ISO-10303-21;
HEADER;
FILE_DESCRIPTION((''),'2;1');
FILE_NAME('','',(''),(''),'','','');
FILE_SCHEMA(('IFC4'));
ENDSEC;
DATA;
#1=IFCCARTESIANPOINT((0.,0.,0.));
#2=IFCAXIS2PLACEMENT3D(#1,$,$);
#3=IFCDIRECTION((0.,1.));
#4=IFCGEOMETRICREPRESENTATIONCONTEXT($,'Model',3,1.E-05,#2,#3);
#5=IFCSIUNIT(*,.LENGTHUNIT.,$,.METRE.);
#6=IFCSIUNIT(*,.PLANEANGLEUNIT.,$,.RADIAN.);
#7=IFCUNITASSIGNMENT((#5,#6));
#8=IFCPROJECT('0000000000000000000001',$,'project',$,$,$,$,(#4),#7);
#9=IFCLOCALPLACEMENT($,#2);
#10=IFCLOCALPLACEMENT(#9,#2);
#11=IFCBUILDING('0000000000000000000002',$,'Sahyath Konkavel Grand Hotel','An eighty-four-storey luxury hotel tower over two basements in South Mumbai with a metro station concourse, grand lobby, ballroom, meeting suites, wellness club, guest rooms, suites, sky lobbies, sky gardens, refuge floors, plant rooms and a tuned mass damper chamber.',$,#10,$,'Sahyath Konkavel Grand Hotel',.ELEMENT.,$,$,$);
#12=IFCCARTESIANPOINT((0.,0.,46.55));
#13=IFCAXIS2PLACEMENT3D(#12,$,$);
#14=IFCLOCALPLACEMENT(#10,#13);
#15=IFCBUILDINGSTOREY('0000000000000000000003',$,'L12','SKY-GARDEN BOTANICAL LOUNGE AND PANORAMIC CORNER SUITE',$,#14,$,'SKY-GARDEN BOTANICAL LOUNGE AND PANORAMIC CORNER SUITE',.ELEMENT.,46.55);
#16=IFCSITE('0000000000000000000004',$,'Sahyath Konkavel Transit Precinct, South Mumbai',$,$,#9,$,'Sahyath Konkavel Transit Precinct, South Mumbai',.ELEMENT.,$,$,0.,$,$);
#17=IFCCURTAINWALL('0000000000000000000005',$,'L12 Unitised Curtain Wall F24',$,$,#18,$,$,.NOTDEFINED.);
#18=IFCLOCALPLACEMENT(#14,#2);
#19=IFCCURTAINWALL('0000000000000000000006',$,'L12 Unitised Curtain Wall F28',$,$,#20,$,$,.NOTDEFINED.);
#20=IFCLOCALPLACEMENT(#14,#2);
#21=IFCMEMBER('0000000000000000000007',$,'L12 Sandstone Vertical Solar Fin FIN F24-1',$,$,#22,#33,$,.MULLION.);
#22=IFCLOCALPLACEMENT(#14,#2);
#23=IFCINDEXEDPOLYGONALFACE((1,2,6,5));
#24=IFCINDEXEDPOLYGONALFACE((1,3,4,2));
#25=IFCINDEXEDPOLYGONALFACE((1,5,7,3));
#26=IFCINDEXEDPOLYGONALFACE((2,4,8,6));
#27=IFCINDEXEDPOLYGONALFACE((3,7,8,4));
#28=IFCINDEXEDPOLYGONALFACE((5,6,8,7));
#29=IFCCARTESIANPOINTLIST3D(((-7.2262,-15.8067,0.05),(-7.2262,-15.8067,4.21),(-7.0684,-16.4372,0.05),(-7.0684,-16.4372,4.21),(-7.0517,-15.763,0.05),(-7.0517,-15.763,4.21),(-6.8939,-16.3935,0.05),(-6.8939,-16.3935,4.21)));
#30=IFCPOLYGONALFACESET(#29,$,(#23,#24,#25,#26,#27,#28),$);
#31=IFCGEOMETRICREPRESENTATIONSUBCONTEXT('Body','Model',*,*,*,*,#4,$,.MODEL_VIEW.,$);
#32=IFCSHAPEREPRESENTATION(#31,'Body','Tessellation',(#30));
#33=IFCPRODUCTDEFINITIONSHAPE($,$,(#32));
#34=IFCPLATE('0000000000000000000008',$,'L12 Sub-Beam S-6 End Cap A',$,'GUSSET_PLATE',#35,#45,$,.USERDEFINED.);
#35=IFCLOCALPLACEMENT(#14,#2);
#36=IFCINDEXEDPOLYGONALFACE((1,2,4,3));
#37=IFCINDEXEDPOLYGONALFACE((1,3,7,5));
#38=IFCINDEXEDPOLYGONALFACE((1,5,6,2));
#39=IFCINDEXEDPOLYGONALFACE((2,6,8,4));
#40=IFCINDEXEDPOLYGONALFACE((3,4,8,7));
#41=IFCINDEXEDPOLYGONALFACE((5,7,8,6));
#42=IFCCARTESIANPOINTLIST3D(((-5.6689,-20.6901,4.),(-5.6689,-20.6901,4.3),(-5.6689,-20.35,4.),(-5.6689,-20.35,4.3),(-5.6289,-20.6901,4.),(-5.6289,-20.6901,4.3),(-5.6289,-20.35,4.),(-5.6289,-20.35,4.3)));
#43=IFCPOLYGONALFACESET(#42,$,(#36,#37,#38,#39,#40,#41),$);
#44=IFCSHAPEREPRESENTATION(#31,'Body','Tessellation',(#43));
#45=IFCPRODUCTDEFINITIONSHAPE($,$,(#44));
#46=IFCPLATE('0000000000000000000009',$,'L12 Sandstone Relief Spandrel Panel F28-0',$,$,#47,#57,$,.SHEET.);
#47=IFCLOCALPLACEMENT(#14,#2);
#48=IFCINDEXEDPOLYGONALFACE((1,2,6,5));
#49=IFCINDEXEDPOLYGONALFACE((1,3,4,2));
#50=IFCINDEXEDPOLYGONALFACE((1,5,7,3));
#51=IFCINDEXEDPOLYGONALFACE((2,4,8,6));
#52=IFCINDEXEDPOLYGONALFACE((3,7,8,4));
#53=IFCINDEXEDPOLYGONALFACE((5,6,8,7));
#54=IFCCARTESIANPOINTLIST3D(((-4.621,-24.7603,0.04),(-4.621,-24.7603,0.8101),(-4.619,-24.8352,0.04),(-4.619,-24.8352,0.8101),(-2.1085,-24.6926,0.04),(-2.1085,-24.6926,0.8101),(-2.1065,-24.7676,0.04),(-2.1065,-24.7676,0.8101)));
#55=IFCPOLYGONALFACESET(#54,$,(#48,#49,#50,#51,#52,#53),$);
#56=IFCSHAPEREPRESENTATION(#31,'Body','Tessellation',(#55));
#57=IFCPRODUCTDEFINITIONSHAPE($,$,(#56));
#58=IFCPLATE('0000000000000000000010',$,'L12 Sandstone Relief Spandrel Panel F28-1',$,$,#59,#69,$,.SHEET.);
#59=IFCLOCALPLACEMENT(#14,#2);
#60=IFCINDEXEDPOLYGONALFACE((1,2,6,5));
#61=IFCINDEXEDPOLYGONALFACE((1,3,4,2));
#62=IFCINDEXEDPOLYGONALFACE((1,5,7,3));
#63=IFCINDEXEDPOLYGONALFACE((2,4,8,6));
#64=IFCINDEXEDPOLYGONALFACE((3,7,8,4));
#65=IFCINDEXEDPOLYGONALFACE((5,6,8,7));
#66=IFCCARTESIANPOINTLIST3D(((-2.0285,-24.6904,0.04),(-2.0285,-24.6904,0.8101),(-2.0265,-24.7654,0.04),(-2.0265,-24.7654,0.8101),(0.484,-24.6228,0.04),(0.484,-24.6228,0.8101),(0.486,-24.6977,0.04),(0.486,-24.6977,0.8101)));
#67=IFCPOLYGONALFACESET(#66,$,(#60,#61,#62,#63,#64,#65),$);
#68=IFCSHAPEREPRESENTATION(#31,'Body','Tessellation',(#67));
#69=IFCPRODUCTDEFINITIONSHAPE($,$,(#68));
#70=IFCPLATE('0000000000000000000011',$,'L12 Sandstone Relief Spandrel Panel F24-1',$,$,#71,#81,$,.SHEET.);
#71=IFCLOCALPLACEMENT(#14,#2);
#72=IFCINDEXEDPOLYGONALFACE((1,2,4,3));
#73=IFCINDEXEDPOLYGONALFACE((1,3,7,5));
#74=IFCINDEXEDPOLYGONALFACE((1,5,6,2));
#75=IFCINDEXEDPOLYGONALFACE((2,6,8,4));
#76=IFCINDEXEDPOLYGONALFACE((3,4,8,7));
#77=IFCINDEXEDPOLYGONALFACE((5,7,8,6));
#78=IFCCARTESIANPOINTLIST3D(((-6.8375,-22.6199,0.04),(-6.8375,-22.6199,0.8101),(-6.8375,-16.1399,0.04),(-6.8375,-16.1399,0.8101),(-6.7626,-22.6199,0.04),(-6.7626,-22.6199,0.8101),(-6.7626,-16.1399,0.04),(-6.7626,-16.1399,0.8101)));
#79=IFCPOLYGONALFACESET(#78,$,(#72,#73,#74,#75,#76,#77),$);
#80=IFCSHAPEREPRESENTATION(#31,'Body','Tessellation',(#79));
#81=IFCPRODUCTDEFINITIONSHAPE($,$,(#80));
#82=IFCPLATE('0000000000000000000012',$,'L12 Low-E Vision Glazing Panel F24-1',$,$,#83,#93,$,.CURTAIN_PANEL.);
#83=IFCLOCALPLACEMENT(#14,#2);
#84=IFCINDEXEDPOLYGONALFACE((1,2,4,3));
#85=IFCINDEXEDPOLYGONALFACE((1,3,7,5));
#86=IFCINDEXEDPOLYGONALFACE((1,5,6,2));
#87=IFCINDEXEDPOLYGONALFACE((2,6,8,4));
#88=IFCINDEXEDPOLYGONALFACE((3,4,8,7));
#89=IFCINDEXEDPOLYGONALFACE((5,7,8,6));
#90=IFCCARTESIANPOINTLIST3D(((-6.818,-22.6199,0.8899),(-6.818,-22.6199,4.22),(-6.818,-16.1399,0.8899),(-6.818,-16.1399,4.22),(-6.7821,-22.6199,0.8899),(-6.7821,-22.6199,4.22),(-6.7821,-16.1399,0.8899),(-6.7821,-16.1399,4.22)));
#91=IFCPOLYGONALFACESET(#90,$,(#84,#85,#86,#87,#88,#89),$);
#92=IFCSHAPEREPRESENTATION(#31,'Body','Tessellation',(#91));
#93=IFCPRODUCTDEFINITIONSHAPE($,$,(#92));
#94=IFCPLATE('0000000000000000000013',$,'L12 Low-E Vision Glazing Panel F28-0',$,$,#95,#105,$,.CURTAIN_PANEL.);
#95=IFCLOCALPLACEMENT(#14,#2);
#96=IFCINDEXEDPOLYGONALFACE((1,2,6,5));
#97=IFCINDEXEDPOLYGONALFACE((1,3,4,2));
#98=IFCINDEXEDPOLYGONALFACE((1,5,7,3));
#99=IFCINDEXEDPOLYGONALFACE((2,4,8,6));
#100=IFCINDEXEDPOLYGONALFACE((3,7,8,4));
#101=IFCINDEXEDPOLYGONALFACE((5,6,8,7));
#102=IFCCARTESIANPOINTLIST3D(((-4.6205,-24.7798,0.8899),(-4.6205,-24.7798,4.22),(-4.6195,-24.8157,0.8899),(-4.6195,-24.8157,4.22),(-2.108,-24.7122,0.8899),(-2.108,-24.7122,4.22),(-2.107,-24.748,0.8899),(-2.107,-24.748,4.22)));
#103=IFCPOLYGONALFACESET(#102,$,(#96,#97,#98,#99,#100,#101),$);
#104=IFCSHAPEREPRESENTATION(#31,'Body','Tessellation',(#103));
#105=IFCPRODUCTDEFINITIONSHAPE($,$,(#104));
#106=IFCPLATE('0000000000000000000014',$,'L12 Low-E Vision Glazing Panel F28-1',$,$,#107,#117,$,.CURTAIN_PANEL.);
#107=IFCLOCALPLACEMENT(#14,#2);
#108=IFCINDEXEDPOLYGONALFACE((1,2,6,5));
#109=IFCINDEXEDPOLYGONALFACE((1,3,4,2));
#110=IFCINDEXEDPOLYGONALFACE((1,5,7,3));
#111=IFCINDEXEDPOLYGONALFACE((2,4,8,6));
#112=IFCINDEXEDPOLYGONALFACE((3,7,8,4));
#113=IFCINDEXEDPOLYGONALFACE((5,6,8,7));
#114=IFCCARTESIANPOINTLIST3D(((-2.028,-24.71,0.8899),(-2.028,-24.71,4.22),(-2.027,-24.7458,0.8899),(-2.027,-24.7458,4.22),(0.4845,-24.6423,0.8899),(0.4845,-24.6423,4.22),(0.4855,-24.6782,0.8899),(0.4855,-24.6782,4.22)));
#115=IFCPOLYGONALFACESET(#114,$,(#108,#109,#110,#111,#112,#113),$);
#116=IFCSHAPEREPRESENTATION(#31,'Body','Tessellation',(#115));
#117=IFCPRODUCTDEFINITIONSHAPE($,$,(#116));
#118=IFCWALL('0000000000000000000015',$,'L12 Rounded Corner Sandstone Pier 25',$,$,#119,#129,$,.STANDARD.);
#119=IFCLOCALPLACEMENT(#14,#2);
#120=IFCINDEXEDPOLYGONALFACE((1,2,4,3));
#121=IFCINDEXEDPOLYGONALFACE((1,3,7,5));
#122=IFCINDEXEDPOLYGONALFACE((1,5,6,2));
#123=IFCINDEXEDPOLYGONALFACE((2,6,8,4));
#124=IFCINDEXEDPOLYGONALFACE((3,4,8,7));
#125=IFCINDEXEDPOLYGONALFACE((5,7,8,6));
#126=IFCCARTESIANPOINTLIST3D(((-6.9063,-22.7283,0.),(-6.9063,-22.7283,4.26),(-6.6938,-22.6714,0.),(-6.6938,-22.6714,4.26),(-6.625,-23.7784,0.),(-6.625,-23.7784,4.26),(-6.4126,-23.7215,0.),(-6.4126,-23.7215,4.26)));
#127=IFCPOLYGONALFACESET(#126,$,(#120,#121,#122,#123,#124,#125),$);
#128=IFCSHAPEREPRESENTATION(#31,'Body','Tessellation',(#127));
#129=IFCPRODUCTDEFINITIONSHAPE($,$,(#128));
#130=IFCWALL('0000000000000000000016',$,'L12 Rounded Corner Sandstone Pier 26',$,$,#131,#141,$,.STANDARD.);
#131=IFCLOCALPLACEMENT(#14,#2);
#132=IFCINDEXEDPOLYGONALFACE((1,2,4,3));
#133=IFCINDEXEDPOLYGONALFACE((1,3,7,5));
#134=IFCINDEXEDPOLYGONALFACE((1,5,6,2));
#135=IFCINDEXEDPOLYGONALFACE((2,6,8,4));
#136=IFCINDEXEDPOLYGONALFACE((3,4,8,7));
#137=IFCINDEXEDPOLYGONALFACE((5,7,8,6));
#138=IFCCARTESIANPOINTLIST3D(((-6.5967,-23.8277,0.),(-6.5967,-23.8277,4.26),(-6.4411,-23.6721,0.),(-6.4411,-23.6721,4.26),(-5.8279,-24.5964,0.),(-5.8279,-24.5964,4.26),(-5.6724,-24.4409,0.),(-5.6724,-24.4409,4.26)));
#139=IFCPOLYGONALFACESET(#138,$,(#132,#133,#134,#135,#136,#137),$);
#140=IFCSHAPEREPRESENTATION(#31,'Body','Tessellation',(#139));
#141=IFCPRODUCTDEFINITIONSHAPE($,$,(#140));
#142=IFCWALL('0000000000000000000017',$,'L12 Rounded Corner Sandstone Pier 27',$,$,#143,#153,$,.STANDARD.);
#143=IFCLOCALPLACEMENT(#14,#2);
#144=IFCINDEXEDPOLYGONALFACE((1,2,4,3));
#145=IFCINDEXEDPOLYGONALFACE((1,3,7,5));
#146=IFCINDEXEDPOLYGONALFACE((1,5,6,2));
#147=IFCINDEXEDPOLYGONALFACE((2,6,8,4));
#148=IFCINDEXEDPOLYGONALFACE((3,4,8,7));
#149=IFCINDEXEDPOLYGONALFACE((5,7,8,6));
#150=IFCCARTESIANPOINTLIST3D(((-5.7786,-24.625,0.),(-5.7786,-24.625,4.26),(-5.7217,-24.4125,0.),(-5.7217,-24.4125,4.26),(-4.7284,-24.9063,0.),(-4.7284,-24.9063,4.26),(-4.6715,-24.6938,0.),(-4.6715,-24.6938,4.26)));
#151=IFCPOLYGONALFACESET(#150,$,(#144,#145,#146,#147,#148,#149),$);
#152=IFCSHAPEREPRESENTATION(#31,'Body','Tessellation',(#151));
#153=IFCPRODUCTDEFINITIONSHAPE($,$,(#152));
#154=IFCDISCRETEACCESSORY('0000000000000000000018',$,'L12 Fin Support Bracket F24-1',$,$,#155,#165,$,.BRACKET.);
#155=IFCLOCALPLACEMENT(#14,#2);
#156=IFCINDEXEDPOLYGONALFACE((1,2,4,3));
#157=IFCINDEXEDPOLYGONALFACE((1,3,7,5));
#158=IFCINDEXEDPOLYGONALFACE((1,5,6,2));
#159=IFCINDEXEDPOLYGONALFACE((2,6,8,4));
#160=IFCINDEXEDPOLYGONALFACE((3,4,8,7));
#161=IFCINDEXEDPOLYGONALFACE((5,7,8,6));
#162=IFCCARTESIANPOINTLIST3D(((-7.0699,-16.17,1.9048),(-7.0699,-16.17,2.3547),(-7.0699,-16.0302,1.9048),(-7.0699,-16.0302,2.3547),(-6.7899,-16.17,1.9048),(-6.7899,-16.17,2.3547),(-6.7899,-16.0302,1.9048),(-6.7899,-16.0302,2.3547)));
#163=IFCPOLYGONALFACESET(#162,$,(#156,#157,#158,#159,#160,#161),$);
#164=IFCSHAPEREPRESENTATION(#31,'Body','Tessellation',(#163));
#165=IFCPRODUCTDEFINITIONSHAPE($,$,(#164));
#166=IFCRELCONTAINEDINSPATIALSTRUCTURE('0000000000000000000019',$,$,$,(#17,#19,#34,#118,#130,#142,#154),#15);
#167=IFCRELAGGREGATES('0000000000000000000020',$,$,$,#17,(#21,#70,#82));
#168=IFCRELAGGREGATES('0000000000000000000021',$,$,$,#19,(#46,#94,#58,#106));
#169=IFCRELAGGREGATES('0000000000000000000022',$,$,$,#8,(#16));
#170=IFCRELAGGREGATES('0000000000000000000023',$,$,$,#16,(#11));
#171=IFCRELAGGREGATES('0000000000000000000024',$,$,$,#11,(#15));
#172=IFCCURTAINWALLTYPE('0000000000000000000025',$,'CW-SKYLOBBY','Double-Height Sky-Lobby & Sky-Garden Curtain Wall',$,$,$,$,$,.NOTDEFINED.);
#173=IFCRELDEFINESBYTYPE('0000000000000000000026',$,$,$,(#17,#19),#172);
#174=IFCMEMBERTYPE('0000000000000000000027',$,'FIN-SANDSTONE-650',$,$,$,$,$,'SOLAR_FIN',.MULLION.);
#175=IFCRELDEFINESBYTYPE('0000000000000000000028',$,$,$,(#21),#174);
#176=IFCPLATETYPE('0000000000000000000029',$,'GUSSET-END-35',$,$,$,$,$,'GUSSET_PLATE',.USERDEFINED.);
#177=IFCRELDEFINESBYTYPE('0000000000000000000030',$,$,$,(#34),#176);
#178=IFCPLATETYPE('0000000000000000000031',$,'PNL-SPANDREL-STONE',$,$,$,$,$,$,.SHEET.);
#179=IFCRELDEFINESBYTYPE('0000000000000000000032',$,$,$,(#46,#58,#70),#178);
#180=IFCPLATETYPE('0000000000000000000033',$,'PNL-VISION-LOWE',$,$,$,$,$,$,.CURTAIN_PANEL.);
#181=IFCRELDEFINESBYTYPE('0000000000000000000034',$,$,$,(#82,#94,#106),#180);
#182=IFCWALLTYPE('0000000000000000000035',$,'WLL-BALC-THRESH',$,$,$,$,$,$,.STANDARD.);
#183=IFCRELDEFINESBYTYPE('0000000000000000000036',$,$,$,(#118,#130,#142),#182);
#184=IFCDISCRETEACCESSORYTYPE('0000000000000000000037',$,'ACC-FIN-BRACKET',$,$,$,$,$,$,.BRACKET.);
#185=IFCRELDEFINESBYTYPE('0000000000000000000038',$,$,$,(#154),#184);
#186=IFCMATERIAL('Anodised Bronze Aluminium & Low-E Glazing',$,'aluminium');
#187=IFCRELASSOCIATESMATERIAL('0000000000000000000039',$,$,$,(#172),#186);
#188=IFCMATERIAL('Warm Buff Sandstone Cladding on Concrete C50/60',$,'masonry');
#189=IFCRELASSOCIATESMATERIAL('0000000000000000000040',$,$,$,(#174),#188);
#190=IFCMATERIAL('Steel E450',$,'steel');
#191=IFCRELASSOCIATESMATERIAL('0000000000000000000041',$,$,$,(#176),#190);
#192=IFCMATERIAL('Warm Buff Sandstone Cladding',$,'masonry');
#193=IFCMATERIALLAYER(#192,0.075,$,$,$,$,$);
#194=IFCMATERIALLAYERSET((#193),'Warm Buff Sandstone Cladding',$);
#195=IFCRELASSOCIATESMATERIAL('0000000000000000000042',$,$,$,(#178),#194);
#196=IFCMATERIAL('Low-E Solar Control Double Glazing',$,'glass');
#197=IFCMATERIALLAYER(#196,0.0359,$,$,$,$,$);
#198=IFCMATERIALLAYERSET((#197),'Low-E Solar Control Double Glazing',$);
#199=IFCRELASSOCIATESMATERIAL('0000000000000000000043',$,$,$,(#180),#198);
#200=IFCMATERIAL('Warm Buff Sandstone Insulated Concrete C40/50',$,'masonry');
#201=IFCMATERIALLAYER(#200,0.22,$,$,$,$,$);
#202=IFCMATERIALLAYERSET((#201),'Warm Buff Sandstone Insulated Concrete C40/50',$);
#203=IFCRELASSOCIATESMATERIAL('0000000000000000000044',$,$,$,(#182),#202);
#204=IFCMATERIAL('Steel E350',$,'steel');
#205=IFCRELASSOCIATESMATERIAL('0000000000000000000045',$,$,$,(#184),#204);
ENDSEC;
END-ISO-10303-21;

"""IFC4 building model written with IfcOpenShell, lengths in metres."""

from ifc_helpers import new_model, si_unit, direction, frame, frame_2d, origin, origin_2d, place, context, subcontext, project, spatial, rectangle, extrude, source, transform, mapped, material, layer, layer_set, material_profile, profile_set, type_object, element, aggregate, save


model = new_model("IFC4")

# Units and contexts
model_context = context("Model", 3, precision=1e-05, world=origin(), true_north=direction((0.0, 1.0)))
body_context = subcontext(model_context, "Body", "Model", "MODEL_VIEW")
ifc_project = project(units=[si_unit("LENGTHUNIT", "METRE"), si_unit("PLANEANGLEUNIT", "RADIAN")], contexts=[model_context])

# Site, building, storey
site_placement = place(None, origin())
site = spatial("IfcSite", under=ifc_project, at=site_placement, Name="Sahyath Konkavel Transit Precinct, South Mumbai", LongName="Sahyath Konkavel Transit Precinct, South Mumbai", CompositionType="ELEMENT", RefElevation=0.0)
building_placement = place(site_placement, origin())
building = spatial("IfcBuilding", under=site, at=building_placement, Name="Sahyath Konkavel Grand Hotel", Description="An eighty-four-storey luxury hotel tower over two basements in South Mumbai with a metro station concourse, grand lobby, ballroom, meeting suites, wellness club, guest rooms, suites, sky lobbies, sky gardens, refuge floors, plant rooms and a tuned mass damper chamber.", LongName="Sahyath Konkavel Grand Hotel", CompositionType="ELEMENT")
storey_placement = place(building_placement, frame((0.0, 0.0, 46.55)))
storey = spatial("IfcBuildingStorey", under=building, at=storey_placement, Name="L12", Description="SKY-GARDEN BOTANICAL LOUNGE AND PANORAMIC CORNER SUITE", LongName="SKY-GARDEN BOTANICAL LOUNGE AND PANORAMIC CORNER SUITE", CompositionType="ELEMENT", Elevation=46.55)

# Shared definitions
ifc_material_1 = material(Name="Steel E350", Category="steel")

# Curtain walls
ifc_material_2 = material(Name="Anodised Bronze Aluminium & Low-E Glazing", Category="aluminium")
curtain_wall_type = type_object("IfcCurtainWallType", Name="CW-SKYLOBBY", Description="Double-Height Sky-Lobby & Sky-Garden Curtain Wall", PredefinedType="NOTDEFINED", material=ifc_material_2)
curtain_wall_1_placement = place(storey_placement, origin())
curtain_wall_1 = element("IfcCurtainWall", 1, at=curtain_wall_1_placement, inside=storey, type_object=curtain_wall_type, Name="L12 Unitised Curtain Wall F24", PredefinedType="NOTDEFINED")
curtain_wall_2_placement = place(storey_placement, origin())
curtain_wall_2 = element("IfcCurtainWall", 2, at=curtain_wall_2_placement, inside=storey, type_object=curtain_wall_type, Name="L12 Unitised Curtain Wall F28", PredefinedType="NOTDEFINED")

# Member
ifc_material_3 = material(Name="Warm Buff Sandstone Cladding on Concrete C50/60", Category="masonry")
ifc_material_profile_1 = material_profile(ifc_material_3, rectangle(XDim=0.1799, YDim=0.6499, at=origin_2d()), Name="FIN 180x650")
ifc_profile_set_1 = profile_set([ifc_material_profile_1], Name="Warm Buff Sandstone Cladding on Concrete C50/60")
member_type_1 = type_object("IfcMemberType", Name="FIN-SANDSTONE-650", ElementType="SOLAR_FIN", PredefinedType="MULLION", material=ifc_profile_set_1)
shared_shape_1 = source(origin(), body_context, "Body", "SweptSolid", [
    extrude(rectangle(XDim=0.1799, YDim=0.6499, at=origin_2d()), origin(), (0.0, 0.0, 1.0), 4.1599),
])
member_1_placement = place(storey_placement, frame((-7.0601, -16.1001, 0.05), z_axis=(0.0, 0.0, 1.0), x_axis=(0.970084, 0.242769, 0.0)))
member_1 = element("IfcMember", 3, at=member_1_placement, type_object=member_type_1, Name="L12 Sandstone Vertical Solar Fin FIN F24-1", PredefinedType="MULLION", context=body_context, shape_type="MappedRepresentation", body=[
    mapped(shared_shape_1, transform((0.0, 0.0, 0.0), scale=1.0)),
])

# Plates
ifc_material_4 = material(Name="Steel E450", Category="steel")
plate_type_1 = type_object("IfcPlateType", Name="GUSSET-END-35", ElementType="GUSSET_PLATE", PredefinedType="USERDEFINED", material=ifc_material_4)
shared_shape_2 = source(origin(), body_context, "Body", "SweptSolid", [
    extrude(rectangle(XDim=0.04, YDim=0.3401, at=origin_2d()), origin(), (0.0, 0.0, 1.0), 0.3),
])
plate_1_placement = place(storey_placement, frame((-5.6489, -20.52, 4.0), z_axis=(0.0, 0.0, 1.0), x_axis=(1.0, 0.0, 0.0)))
element("IfcPlate", 4, at=plate_1_placement, inside=storey, type_object=plate_type_1, Name="L12 Sub-Beam S-6 End Cap A", ObjectType="GUSSET_PLATE", PredefinedType="USERDEFINED", context=body_context, shape_type="MappedRepresentation", body=[
    mapped(shared_shape_2, transform((0.0, 0.0, 0.0), scale=1.0)),
])
ifc_material_5 = material(Name="Warm Buff Sandstone Cladding", Category="masonry")
ifc_layer_1 = layer(ifc_material_5, 0.075)
ifc_layer_set_1 = layer_set([ifc_layer_1], Name="Warm Buff Sandstone Cladding")
plate_type_2 = type_object("IfcPlateType", Name="PNL-SPANDREL-STONE", PredefinedType="SHEET", material=ifc_layer_set_1)
shared_shape_3 = source(origin(), body_context, "Body", "SweptSolid", [
    extrude(rectangle(XDim=2.5134, YDim=0.075, at=origin_2d()), origin(), (0.0, 0.0, 1.0), 0.77),
])
plate_2_placement = place(storey_placement, frame((-3.3638, -24.7639, 0.04), z_axis=(0.0, 0.0, 1.0), x_axis=(0.999638, 0.02691, 0.0)))
plate_2 = element("IfcPlate", 5, at=plate_2_placement, type_object=plate_type_2, Name="L12 Sandstone Relief Spandrel Panel F28-0", PredefinedType="SHEET", context=body_context, shape_type="MappedRepresentation", body=[
    mapped(shared_shape_3, transform((0.0, 0.0, 0.0), scale=1.0)),
])
plate_3_placement = place(storey_placement, frame((-0.7712, -24.6941, 0.04), z_axis=(0.0, 0.0, 1.0), x_axis=(0.999638, 0.02691, 0.0)))
plate_3 = element("IfcPlate", 6, at=plate_3_placement, type_object=plate_type_2, Name="L12 Sandstone Relief Spandrel Panel F28-1", PredefinedType="SHEET", context=body_context, shape_type="MappedRepresentation", body=[
    mapped(shared_shape_3, transform((0.0, 0.0, 0.0), scale=1.0)),
])
shared_shape_4 = source(origin(), body_context, "Body", "SweptSolid", [
    extrude(rectangle(XDim=6.48, YDim=0.075, at=origin_2d()), origin(), (0.0, 0.0, 1.0), 0.77),
])
plate_4_placement = place(storey_placement, frame((-6.8, -19.3799, 0.04), z_axis=(0.0, 0.0, 1.0), x_axis=(0.0, -1.0, 0.0)))
plate_4 = element("IfcPlate", 7, at=plate_4_placement, type_object=plate_type_2, Name="L12 Sandstone Relief Spandrel Panel F24-1", PredefinedType="SHEET", context=body_context, shape_type="MappedRepresentation", body=[
    mapped(shared_shape_4, transform((0.0, 0.0, 0.0), scale=1.0)),
])
ifc_material_6 = material(Name="Low-E Solar Control Double Glazing", Category="glass")
ifc_layer_2 = layer(ifc_material_6, 0.0359)
ifc_layer_set_2 = layer_set([ifc_layer_2], Name="Low-E Solar Control Double Glazing")
plate_type_3 = type_object("IfcPlateType", Name="PNL-VISION-LOWE", PredefinedType="CURTAIN_PANEL", material=ifc_layer_set_2)
shared_shape_5 = source(origin(), body_context, "Body", "SweptSolid", [
    extrude(rectangle(XDim=6.48, YDim=0.0359, at=origin_2d()), origin(), (0.0, 0.0, 1.0), 3.3301),
])
plate_5_placement = place(storey_placement, frame((-6.8, -19.3799, 0.8899), z_axis=(0.0, 0.0, 1.0), x_axis=(0.0, -1.0, 0.0)))
plate_5 = element("IfcPlate", 8, at=plate_5_placement, type_object=plate_type_3, Name="L12 Low-E Vision Glazing Panel F24-1", PredefinedType="CURTAIN_PANEL", context=body_context, shape_type="MappedRepresentation", body=[
    mapped(shared_shape_5, transform((0.0, 0.0, 0.0), scale=1.0)),
])
aggregate(curtain_wall_1, [member_1, plate_4, plate_5])
shared_shape_6 = source(origin(), body_context, "Body", "SweptSolid", [
    extrude(rectangle(XDim=2.5134, YDim=0.0359, at=origin_2d()), origin(), (0.0, 0.0, 1.0), 3.3301),
])
plate_6_placement = place(storey_placement, frame((-3.3638, -24.7639, 0.8899), z_axis=(0.0, 0.0, 1.0), x_axis=(0.999638, 0.02691, 0.0)))
plate_6 = element("IfcPlate", 9, at=plate_6_placement, type_object=plate_type_3, Name="L12 Low-E Vision Glazing Panel F28-0", PredefinedType="CURTAIN_PANEL", context=body_context, shape_type="MappedRepresentation", body=[
    mapped(shared_shape_6, transform((0.0, 0.0, 0.0), scale=1.0)),
])
plate_7_placement = place(storey_placement, frame((-0.7712, -24.6941, 0.8899), z_axis=(0.0, 0.0, 1.0), x_axis=(0.999638, 0.02691, 0.0)))
plate_7 = element("IfcPlate", 10, at=plate_7_placement, type_object=plate_type_3, Name="L12 Low-E Vision Glazing Panel F28-1", PredefinedType="CURTAIN_PANEL", context=body_context, shape_type="MappedRepresentation", body=[
    mapped(shared_shape_6, transform((0.0, 0.0, 0.0), scale=1.0)),
])
aggregate(curtain_wall_2, [plate_2, plate_6, plate_3, plate_7])

# Walls
ifc_material_7 = material(Name="Warm Buff Sandstone Insulated Concrete C40/50", Category="masonry")
ifc_layer_3 = layer(ifc_material_7, 0.22)
ifc_layer_set_3 = layer_set([ifc_layer_3], Name="Warm Buff Sandstone Insulated Concrete C40/50")
wall_type = type_object("IfcWallType", Name="WLL-BALC-THRESH", PredefinedType="STANDARD", material=ifc_layer_set_3)
for number, where, z_axis, x_axis, name in (
    (11, (-6.8, -22.7, 0.0), (0.0, 0.0, 1.0), (0.258725, -0.965951, 0.0), "L12 Rounded Corner Sandstone Pier 25"),
    (12, (-6.5188, -23.75, 0.0), (0.0, 0.0, 1.0), (0.707107, -0.707107, 0.0), "L12 Rounded Corner Sandstone Pier 26"),
    (13, (-5.75, -24.5188, 0.0), (0.0, 0.0, 1.0), (0.965951, -0.258725, 0.0), "L12 Rounded Corner Sandstone Pier 27"),
):
    element("IfcWall", number, at=place(storey_placement, frame(where, z_axis=z_axis, x_axis=x_axis)), inside=storey, type_object=wall_type, Name=name, PredefinedType="STANDARD", context=body_context, shape_type="SweptSolid", body=[
        extrude(rectangle(XDim=1.0872, YDim=0.22, at=frame_2d((0.5435, 0.0))), origin(), (0.0, 0.0, 1.0), 4.26),
    ])

# Discrete accessory
discrete_accessory_type = type_object("IfcDiscreteAccessoryType", Name="ACC-FIN-BRACKET", PredefinedType="BRACKET", material=ifc_material_1)
shared_shape_7 = source(origin(), body_context, "Body", "SweptSolid", [
    extrude(rectangle(XDim=0.28, YDim=0.1399, at=origin_2d()), origin(), (0.0, 0.0, 1.0), 0.45),
])
discrete_accessory_placement = place(storey_placement, frame((-6.9299, -16.1001, 1.9048), z_axis=(0.0, 0.0, 1.0), x_axis=(-1.0, 0.0, 0.0)))
element("IfcDiscreteAccessory", 14, at=discrete_accessory_placement, inside=storey, type_object=discrete_accessory_type, Name="L12 Fin Support Bracket F24-1", PredefinedType="BRACKET", context=body_context, shape_type="MappedRepresentation", body=[
    mapped(shared_shape_7, transform((0.0, 0.0, 0.0), scale=1.0)),
])

save(model, "model.ifc")
